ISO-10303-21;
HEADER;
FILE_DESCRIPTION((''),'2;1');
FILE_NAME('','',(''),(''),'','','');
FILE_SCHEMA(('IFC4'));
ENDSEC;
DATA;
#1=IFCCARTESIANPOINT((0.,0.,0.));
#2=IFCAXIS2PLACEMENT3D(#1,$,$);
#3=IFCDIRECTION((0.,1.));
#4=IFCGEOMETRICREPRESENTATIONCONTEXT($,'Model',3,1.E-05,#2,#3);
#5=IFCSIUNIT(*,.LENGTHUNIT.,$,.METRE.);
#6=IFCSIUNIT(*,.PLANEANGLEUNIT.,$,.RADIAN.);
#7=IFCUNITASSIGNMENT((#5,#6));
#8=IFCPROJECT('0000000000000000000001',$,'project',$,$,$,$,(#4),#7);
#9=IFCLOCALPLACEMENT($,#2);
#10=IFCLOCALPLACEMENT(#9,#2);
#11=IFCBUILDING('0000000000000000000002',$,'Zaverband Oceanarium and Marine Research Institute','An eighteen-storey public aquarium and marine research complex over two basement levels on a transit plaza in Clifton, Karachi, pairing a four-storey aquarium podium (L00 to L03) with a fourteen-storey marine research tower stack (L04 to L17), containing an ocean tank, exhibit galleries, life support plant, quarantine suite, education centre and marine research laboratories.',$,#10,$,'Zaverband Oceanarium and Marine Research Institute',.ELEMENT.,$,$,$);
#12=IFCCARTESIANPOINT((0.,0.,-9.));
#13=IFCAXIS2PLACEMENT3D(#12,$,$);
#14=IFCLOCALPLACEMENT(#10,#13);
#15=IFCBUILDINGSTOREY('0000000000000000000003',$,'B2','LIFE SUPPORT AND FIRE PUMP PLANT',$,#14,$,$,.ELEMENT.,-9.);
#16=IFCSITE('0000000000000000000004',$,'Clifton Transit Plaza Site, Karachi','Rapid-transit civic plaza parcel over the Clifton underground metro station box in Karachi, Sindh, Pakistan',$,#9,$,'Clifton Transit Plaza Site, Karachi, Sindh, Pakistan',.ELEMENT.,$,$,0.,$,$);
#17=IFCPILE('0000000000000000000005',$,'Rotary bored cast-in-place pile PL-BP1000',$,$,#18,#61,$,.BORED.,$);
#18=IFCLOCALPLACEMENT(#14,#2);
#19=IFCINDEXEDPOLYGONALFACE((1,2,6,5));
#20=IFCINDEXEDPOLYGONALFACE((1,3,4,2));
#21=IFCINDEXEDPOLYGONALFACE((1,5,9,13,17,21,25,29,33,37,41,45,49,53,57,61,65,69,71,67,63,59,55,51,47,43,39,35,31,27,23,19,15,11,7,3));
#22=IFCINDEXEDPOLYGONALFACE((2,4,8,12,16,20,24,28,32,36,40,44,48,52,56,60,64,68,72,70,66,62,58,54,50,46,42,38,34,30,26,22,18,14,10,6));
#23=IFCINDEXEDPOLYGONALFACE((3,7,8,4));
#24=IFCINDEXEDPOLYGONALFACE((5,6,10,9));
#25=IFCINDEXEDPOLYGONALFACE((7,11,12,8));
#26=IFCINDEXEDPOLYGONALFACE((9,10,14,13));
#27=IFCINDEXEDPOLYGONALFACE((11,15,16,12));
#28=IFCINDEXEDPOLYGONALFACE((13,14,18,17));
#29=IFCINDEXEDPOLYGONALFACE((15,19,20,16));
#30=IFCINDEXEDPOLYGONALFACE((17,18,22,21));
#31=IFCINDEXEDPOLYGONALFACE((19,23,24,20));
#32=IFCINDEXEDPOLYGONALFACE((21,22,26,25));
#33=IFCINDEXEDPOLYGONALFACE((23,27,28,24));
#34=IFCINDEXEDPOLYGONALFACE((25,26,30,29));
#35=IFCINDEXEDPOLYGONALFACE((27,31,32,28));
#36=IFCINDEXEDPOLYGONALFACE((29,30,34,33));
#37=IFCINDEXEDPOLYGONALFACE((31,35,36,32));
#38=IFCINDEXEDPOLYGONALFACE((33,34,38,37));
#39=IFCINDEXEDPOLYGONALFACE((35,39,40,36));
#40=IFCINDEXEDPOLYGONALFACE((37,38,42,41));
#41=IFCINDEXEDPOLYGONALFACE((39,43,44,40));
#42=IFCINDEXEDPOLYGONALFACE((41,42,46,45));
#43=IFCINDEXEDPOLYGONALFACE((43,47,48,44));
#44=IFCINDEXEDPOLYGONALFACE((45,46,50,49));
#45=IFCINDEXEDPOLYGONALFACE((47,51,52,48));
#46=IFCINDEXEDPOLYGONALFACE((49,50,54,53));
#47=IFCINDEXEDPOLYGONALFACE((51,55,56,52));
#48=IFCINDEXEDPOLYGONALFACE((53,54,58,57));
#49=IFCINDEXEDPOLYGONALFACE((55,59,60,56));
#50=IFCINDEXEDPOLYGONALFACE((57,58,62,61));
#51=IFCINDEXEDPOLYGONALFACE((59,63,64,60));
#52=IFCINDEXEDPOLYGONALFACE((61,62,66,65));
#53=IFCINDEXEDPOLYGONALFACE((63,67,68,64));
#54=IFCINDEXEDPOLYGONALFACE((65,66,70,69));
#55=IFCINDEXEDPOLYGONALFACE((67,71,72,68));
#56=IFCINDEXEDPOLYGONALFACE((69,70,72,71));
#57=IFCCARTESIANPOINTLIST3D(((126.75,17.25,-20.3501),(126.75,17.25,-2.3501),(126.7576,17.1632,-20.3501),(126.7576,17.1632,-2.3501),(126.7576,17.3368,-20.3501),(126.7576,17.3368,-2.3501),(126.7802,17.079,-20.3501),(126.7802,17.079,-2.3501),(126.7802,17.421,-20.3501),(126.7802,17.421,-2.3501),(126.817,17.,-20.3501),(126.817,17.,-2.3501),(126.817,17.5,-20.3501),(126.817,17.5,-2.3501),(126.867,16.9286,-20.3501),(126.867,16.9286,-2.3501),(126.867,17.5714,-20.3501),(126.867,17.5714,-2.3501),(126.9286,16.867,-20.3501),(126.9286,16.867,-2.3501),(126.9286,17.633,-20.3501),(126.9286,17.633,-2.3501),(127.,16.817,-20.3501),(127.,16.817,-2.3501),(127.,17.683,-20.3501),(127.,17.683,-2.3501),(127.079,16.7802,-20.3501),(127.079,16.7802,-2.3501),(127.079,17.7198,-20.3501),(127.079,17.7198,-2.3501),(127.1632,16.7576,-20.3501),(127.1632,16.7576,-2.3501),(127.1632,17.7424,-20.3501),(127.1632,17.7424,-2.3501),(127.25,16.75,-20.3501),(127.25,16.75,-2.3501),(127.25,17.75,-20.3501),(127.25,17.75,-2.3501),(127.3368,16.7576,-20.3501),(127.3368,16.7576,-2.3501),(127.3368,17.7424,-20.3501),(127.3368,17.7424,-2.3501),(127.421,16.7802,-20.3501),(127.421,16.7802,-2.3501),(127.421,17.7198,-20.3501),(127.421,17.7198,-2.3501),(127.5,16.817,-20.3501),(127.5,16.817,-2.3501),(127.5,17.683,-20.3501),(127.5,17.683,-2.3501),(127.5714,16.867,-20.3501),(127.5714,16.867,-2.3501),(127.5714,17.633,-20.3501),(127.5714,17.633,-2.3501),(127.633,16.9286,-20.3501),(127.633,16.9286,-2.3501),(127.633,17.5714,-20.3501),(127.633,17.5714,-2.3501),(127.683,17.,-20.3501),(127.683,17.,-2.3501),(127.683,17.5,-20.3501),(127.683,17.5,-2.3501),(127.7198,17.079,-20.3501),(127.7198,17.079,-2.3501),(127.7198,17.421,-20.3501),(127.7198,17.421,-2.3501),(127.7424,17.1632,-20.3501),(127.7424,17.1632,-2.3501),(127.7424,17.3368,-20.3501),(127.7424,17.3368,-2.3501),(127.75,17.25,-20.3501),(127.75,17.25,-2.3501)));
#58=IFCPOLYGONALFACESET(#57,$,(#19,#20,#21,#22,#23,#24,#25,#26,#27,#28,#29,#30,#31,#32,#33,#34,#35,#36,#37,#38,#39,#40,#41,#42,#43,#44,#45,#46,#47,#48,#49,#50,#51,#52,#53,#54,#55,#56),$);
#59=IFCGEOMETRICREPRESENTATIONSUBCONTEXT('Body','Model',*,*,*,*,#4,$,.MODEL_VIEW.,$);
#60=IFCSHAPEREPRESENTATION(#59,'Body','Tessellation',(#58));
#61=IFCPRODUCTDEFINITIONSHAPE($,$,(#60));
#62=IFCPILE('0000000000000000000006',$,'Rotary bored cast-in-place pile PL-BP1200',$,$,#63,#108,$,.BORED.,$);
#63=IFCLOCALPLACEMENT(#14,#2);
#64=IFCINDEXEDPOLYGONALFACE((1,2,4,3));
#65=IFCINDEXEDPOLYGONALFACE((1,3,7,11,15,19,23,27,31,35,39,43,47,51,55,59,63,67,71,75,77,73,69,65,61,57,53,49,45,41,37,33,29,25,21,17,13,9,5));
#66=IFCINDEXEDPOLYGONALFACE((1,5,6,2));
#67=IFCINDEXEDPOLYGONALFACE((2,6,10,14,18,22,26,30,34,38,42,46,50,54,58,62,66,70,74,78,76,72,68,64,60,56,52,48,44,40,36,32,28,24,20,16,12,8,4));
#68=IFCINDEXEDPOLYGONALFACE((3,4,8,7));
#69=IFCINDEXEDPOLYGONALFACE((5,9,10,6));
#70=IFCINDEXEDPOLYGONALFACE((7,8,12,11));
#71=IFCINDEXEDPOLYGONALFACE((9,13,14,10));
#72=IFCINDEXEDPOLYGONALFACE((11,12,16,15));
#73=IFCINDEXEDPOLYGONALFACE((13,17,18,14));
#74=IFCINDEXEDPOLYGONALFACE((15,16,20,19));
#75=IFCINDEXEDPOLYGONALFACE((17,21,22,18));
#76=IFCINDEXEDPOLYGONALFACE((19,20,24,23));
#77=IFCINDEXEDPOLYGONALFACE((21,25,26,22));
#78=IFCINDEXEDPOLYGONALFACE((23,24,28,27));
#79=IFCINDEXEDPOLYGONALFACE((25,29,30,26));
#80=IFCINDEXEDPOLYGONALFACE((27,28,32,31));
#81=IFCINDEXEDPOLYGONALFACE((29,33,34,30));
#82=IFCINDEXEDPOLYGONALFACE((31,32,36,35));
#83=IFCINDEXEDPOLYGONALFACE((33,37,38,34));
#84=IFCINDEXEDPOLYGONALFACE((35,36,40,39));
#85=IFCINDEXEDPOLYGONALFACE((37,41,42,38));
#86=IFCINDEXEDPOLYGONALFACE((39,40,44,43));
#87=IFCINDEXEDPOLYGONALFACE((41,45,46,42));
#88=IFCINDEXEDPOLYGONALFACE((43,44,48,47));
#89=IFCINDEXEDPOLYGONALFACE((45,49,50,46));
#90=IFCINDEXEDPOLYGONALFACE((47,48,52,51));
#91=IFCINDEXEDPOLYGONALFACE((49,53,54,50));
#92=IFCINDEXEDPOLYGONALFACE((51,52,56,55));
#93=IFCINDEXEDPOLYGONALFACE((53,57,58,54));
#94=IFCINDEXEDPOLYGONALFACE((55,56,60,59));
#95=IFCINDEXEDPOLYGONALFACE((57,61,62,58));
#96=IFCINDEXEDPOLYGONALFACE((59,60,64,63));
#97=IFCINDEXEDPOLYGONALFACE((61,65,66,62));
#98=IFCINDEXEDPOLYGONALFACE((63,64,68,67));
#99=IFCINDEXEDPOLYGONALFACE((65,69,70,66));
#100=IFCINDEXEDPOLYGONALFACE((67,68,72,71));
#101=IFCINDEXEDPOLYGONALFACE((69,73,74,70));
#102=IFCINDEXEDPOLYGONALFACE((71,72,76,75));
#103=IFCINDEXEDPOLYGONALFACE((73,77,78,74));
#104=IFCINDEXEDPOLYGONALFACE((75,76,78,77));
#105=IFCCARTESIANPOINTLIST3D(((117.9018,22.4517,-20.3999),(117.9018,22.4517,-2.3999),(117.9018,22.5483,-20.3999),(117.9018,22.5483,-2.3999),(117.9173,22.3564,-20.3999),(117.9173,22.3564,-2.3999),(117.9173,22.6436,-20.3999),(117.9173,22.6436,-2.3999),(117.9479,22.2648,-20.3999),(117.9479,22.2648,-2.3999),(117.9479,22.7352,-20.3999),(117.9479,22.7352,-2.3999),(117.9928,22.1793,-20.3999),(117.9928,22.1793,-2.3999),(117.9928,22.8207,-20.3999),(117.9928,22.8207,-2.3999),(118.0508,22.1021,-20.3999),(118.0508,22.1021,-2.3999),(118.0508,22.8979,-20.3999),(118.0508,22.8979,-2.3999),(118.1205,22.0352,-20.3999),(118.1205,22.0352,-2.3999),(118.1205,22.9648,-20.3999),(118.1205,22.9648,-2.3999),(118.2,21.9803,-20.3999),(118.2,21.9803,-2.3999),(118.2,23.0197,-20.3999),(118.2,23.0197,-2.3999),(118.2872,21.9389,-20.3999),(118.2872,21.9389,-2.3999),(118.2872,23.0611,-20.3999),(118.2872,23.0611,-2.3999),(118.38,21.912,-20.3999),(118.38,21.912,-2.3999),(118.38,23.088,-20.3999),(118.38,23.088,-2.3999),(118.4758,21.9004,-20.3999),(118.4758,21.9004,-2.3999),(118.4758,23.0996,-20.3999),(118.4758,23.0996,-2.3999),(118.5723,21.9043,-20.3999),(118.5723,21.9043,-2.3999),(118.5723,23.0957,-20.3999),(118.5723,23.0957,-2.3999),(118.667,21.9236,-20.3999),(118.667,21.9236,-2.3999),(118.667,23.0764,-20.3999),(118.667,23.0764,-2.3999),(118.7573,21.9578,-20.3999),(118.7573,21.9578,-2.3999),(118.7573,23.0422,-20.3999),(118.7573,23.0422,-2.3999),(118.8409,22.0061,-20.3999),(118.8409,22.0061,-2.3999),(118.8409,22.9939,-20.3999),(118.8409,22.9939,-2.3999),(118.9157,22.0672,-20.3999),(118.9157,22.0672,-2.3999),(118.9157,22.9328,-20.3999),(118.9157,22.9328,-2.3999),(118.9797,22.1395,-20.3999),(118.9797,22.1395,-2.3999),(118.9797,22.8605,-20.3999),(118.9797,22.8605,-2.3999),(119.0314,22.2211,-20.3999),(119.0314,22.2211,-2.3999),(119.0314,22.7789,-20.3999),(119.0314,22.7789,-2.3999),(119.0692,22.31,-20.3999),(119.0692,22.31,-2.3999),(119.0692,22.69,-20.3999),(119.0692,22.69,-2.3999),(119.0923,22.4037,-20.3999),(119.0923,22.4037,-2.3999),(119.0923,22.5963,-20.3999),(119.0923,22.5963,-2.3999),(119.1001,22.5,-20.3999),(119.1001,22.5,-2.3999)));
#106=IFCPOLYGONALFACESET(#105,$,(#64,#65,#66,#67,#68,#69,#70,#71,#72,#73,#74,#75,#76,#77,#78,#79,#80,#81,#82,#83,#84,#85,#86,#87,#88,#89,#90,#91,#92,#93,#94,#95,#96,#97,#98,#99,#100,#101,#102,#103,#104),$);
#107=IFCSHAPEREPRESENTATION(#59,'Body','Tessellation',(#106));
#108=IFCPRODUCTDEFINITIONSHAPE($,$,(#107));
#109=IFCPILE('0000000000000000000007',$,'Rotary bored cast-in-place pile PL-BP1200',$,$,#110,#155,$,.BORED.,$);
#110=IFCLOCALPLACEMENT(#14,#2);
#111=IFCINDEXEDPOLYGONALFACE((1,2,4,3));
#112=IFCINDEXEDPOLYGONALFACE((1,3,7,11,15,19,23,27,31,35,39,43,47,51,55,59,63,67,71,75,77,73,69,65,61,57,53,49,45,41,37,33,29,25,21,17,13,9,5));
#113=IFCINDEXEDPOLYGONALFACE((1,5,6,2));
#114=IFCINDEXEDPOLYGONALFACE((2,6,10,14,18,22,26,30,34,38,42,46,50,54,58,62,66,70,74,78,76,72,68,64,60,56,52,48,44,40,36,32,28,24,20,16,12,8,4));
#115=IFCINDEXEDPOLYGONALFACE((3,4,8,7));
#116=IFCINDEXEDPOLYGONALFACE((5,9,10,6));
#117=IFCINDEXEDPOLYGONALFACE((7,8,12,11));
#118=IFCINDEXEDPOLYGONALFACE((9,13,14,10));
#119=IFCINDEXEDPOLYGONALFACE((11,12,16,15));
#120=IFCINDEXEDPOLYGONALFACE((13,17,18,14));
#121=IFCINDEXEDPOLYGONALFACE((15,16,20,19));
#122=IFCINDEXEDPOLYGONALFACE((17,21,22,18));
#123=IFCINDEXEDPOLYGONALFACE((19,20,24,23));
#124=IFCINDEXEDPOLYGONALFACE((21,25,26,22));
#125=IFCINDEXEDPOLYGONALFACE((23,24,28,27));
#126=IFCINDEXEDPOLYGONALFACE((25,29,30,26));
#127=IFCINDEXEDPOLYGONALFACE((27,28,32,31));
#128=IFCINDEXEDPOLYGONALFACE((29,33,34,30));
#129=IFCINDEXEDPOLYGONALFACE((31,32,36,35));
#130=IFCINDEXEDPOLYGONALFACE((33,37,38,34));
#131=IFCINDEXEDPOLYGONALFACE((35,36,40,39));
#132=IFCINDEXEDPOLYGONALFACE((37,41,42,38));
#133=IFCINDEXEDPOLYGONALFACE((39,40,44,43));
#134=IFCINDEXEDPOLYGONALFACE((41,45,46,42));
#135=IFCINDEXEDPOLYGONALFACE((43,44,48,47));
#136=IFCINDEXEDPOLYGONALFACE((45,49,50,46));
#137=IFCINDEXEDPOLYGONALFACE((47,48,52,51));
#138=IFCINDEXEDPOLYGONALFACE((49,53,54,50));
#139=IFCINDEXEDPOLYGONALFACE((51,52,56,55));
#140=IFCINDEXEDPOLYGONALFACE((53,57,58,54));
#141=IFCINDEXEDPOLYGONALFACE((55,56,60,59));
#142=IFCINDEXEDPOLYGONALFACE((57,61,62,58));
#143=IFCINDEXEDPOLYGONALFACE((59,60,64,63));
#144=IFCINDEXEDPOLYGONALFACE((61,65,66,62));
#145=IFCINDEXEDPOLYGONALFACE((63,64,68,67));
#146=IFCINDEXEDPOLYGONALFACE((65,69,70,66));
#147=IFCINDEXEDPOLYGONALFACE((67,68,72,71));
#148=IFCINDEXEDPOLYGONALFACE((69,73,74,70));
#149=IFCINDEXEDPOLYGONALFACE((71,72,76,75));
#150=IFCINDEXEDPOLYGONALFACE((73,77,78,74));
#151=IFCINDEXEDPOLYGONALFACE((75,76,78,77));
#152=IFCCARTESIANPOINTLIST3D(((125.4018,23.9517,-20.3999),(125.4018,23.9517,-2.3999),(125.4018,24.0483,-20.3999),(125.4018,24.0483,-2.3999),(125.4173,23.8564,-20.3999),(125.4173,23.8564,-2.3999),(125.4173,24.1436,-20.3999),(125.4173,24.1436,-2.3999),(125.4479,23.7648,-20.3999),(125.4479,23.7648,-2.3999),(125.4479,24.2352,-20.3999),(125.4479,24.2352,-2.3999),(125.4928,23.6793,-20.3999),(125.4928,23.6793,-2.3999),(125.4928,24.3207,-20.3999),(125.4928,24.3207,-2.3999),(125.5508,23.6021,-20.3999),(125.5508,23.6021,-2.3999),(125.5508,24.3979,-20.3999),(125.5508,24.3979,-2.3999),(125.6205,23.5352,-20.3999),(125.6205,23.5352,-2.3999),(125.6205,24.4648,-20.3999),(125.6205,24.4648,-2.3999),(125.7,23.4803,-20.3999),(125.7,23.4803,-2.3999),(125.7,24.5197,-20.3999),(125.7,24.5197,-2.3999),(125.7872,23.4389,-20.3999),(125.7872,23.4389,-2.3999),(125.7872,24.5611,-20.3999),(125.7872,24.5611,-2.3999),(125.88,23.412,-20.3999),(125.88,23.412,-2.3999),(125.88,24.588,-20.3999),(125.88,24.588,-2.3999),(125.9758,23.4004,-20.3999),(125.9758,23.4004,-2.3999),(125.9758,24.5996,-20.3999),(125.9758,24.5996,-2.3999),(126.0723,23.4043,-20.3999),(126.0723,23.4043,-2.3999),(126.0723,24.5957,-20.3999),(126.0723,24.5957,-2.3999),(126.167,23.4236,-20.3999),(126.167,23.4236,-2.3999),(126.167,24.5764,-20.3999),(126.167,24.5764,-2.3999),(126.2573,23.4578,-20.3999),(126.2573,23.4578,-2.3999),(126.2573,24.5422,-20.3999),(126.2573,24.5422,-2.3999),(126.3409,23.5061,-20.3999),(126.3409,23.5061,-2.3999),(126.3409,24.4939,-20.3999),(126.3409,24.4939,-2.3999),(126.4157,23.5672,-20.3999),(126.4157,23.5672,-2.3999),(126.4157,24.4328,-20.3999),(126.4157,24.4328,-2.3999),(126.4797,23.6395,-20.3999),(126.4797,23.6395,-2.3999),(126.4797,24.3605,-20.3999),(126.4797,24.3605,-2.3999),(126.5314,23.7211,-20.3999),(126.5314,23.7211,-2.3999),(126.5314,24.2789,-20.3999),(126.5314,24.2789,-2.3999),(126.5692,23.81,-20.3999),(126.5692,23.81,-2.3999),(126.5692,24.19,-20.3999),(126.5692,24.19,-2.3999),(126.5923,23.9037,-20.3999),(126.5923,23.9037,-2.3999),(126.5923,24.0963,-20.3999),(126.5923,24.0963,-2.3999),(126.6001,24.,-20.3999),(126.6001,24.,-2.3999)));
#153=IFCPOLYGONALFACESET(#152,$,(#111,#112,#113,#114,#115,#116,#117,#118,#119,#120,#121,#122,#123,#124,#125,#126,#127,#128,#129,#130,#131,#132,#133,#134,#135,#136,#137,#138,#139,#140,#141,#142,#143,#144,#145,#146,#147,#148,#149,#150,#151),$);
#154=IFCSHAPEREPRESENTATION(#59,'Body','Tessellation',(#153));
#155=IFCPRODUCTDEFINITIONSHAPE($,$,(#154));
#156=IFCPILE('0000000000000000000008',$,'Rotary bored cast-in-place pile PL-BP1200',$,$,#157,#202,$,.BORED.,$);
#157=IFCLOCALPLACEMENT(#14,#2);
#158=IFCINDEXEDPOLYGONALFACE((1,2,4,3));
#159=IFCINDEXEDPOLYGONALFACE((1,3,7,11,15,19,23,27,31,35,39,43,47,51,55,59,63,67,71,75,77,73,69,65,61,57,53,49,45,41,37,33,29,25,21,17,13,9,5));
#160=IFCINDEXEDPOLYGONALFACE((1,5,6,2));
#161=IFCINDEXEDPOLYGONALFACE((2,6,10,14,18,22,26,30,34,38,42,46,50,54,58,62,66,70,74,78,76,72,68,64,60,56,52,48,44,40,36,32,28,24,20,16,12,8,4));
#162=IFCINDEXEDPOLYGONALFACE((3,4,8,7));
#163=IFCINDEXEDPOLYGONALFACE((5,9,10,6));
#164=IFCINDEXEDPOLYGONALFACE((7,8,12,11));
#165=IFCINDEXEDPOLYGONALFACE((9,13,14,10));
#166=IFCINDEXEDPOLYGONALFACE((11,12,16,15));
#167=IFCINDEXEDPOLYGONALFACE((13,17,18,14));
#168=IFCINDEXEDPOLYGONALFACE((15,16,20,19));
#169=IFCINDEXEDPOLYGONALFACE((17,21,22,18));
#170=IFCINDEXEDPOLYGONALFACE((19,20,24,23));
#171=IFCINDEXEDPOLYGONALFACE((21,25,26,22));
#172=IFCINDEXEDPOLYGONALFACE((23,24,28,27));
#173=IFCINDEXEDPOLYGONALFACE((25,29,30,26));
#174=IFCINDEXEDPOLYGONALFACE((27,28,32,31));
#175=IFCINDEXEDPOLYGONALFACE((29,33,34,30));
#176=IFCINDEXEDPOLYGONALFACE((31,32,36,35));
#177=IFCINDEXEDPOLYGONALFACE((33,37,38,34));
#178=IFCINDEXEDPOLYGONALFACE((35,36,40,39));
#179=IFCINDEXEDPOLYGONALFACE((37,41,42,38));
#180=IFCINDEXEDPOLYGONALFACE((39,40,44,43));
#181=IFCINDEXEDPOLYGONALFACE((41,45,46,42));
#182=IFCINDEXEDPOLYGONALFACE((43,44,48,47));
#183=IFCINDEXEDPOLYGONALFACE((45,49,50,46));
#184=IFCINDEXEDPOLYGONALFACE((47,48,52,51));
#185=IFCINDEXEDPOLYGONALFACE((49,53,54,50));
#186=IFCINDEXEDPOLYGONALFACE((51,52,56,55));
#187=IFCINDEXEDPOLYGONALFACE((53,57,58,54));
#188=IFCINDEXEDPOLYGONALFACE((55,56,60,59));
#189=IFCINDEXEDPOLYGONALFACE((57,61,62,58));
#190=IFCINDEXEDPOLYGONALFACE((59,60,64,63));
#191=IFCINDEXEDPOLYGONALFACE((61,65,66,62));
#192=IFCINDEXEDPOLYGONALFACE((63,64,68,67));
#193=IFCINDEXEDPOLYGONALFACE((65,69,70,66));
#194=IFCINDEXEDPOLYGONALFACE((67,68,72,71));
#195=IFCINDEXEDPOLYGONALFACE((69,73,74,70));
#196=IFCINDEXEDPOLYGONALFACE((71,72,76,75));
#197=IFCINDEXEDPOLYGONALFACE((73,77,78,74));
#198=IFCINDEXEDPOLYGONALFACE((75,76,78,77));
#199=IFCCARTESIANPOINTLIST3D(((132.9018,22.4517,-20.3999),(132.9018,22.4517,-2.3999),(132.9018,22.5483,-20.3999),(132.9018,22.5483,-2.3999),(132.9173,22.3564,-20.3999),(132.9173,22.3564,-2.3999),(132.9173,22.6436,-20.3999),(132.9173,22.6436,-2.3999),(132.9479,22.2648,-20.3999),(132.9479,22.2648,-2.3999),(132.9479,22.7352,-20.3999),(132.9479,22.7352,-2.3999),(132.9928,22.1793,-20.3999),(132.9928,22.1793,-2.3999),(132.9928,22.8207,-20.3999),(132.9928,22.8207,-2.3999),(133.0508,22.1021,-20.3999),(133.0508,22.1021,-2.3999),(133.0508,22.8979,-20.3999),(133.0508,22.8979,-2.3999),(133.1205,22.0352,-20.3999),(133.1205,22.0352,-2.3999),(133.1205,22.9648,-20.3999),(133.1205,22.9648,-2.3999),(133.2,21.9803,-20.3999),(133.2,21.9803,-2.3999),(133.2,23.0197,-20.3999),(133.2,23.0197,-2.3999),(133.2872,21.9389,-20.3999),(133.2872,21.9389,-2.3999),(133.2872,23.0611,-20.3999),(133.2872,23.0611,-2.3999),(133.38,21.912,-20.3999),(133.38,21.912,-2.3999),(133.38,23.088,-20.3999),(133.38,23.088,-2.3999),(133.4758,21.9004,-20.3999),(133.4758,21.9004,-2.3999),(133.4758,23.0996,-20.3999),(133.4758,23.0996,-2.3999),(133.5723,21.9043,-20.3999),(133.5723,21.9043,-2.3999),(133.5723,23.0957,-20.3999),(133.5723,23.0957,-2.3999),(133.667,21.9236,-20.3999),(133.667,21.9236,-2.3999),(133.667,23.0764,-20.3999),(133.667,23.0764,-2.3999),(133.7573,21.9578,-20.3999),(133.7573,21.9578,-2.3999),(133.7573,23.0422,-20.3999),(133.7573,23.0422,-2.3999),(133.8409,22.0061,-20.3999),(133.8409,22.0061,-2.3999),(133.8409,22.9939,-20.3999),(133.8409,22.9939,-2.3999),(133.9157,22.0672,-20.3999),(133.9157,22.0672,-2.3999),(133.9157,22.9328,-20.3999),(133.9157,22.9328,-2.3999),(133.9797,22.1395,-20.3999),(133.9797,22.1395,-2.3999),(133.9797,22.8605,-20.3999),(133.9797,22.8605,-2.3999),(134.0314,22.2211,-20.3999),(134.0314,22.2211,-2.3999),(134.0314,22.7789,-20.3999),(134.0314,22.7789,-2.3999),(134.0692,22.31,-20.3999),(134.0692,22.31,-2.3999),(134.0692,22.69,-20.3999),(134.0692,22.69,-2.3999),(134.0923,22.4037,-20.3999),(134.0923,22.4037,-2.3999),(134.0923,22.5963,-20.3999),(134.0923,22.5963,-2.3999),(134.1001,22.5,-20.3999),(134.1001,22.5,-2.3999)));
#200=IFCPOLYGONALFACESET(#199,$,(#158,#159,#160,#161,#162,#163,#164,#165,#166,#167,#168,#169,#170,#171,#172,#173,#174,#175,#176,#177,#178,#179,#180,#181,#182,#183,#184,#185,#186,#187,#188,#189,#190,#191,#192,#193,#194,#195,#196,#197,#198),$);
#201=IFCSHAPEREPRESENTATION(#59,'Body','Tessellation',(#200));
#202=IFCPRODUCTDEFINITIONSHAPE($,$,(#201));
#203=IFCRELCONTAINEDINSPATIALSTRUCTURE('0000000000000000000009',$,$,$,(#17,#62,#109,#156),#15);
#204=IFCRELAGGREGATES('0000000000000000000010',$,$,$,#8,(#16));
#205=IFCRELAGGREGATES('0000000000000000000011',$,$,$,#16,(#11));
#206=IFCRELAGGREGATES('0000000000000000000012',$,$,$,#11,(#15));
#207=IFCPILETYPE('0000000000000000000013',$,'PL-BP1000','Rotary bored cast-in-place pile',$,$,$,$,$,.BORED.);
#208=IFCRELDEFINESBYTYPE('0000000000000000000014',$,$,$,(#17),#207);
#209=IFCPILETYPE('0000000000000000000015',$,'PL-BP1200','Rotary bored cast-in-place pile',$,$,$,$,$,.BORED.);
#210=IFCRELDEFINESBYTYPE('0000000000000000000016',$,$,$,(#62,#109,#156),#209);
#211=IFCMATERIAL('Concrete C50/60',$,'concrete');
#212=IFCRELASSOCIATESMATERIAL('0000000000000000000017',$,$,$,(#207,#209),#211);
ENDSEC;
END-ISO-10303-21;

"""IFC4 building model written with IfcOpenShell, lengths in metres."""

from ifc_helpers import new_model, si_unit, direction, frame, origin, origin_2d, place, context, subcontext, project, spatial, circle, extrude, material, material_profile, profile_set, type_object, element, save


model = new_model("IFC4")

# Units and contexts
model_context = context("Model", 3, precision=1e-05, world=origin(), true_north=direction((0.0, 1.0)))
body_context = subcontext(model_context, "Body", "Model", "MODEL_VIEW")
ifc_project = project(units=[si_unit("LENGTHUNIT", "METRE"), si_unit("PLANEANGLEUNIT", "RADIAN")], contexts=[model_context])

# Site, building, storey
site_placement = place(None, origin())
site = spatial("IfcSite", under=ifc_project, at=site_placement, Name="Clifton Transit Plaza Site, Karachi", Description="Rapid-transit civic plaza parcel over the Clifton underground metro station box in Karachi, Sindh, Pakistan", LongName="Clifton Transit Plaza Site, Karachi, Sindh, Pakistan", CompositionType="ELEMENT", RefElevation=0.0)
building_placement = place(site_placement, origin())
building = spatial("IfcBuilding", under=site, at=building_placement, Name="Zaverband Oceanarium and Marine Research Institute", Description="An eighteen-storey public aquarium and marine research complex over two basement levels on a transit plaza in Clifton, Karachi, pairing a four-storey aquarium podium (L00 to L03) with a fourteen-storey marine research tower stack (L04 to L17), containing an ocean tank, exhibit galleries, life support plant, quarantine suite, education centre and marine research laboratories.", LongName="Zaverband Oceanarium and Marine Research Institute", CompositionType="ELEMENT")
storey_placement = place(building_placement, frame((0.0, 0.0, -9.0)))
storey = spatial("IfcBuildingStorey", under=building, at=storey_placement, Name="B2", Description="LIFE SUPPORT AND FIRE PUMP PLANT", CompositionType="ELEMENT", Elevation=-9.0)

# Shared definitions
ifc_material_1 = material(Name="Concrete C50/60", Category="concrete")

# Piles
ifc_material_profile_1 = material_profile(ifc_material_1, circle(Radius=0.5, at=origin_2d()), Name="BP1000")
ifc_profile_set_1 = profile_set([ifc_material_profile_1], Name="Concrete C50/60")
pile_type_1 = type_object("IfcPileType", Name="PL-BP1000", Description="Rotary bored cast-in-place pile", PredefinedType="BORED", material=ifc_profile_set_1)
for number, where, z_axis, x_axis, name in (
    (1, (127.25, 17.25, -2.3501), (0.0, 0.0, -1.0), (1.0, 0.0, 0.0), "Rotary bored cast-in-place pile PL-BP1000"),
):
    element("IfcPile", number, at=place(storey_placement, frame(where, z_axis=z_axis, x_axis=x_axis)), inside=storey, type_object=pile_type_1, Name=name, PredefinedType="BORED", context=body_context, shape_type="SweptSolid", body=[
        extrude(circle(Radius=0.5, at=origin_2d()), origin(), (0.0, 0.0, 1.0), 18.0),
    ])
ifc_material_profile_2 = material_profile(ifc_material_1, circle(Radius=0.6001, at=origin_2d()), Name="BP1200")
ifc_profile_set_2 = profile_set([ifc_material_profile_2], Name="Concrete C50/60")
pile_type_2 = type_object("IfcPileType", Name="PL-BP1200", Description="Rotary bored cast-in-place pile", PredefinedType="BORED", material=ifc_profile_set_2)
for number, where, z_axis, x_axis, name in (
    (2, (118.5, 22.5, -2.3999), (0.0, 0.0, -1.0), (1.0, 0.0, 0.0), "Rotary bored cast-in-place pile PL-BP1200"),
    (3, (126.0, 24.0, -2.3999), (0.0, 0.0, -1.0), (1.0, 0.0, 0.0), "Rotary bored cast-in-place pile PL-BP1200"),
    (4, (133.5, 22.5, -2.3999), (0.0, 0.0, -1.0), (1.0, 0.0, 0.0), "Rotary bored cast-in-place pile PL-BP1200"),
):
    element("IfcPile", number, at=place(storey_placement, frame(where, z_axis=z_axis, x_axis=x_axis)), inside=storey, type_object=pile_type_2, Name=name, PredefinedType="BORED", context=body_context, shape_type="SweptSolid", body=[
        extrude(circle(Radius=0.6001, at=origin_2d()), origin(), (0.0, 0.0, 1.0), 18.0),
    ])

save(model, "model.ifc")
